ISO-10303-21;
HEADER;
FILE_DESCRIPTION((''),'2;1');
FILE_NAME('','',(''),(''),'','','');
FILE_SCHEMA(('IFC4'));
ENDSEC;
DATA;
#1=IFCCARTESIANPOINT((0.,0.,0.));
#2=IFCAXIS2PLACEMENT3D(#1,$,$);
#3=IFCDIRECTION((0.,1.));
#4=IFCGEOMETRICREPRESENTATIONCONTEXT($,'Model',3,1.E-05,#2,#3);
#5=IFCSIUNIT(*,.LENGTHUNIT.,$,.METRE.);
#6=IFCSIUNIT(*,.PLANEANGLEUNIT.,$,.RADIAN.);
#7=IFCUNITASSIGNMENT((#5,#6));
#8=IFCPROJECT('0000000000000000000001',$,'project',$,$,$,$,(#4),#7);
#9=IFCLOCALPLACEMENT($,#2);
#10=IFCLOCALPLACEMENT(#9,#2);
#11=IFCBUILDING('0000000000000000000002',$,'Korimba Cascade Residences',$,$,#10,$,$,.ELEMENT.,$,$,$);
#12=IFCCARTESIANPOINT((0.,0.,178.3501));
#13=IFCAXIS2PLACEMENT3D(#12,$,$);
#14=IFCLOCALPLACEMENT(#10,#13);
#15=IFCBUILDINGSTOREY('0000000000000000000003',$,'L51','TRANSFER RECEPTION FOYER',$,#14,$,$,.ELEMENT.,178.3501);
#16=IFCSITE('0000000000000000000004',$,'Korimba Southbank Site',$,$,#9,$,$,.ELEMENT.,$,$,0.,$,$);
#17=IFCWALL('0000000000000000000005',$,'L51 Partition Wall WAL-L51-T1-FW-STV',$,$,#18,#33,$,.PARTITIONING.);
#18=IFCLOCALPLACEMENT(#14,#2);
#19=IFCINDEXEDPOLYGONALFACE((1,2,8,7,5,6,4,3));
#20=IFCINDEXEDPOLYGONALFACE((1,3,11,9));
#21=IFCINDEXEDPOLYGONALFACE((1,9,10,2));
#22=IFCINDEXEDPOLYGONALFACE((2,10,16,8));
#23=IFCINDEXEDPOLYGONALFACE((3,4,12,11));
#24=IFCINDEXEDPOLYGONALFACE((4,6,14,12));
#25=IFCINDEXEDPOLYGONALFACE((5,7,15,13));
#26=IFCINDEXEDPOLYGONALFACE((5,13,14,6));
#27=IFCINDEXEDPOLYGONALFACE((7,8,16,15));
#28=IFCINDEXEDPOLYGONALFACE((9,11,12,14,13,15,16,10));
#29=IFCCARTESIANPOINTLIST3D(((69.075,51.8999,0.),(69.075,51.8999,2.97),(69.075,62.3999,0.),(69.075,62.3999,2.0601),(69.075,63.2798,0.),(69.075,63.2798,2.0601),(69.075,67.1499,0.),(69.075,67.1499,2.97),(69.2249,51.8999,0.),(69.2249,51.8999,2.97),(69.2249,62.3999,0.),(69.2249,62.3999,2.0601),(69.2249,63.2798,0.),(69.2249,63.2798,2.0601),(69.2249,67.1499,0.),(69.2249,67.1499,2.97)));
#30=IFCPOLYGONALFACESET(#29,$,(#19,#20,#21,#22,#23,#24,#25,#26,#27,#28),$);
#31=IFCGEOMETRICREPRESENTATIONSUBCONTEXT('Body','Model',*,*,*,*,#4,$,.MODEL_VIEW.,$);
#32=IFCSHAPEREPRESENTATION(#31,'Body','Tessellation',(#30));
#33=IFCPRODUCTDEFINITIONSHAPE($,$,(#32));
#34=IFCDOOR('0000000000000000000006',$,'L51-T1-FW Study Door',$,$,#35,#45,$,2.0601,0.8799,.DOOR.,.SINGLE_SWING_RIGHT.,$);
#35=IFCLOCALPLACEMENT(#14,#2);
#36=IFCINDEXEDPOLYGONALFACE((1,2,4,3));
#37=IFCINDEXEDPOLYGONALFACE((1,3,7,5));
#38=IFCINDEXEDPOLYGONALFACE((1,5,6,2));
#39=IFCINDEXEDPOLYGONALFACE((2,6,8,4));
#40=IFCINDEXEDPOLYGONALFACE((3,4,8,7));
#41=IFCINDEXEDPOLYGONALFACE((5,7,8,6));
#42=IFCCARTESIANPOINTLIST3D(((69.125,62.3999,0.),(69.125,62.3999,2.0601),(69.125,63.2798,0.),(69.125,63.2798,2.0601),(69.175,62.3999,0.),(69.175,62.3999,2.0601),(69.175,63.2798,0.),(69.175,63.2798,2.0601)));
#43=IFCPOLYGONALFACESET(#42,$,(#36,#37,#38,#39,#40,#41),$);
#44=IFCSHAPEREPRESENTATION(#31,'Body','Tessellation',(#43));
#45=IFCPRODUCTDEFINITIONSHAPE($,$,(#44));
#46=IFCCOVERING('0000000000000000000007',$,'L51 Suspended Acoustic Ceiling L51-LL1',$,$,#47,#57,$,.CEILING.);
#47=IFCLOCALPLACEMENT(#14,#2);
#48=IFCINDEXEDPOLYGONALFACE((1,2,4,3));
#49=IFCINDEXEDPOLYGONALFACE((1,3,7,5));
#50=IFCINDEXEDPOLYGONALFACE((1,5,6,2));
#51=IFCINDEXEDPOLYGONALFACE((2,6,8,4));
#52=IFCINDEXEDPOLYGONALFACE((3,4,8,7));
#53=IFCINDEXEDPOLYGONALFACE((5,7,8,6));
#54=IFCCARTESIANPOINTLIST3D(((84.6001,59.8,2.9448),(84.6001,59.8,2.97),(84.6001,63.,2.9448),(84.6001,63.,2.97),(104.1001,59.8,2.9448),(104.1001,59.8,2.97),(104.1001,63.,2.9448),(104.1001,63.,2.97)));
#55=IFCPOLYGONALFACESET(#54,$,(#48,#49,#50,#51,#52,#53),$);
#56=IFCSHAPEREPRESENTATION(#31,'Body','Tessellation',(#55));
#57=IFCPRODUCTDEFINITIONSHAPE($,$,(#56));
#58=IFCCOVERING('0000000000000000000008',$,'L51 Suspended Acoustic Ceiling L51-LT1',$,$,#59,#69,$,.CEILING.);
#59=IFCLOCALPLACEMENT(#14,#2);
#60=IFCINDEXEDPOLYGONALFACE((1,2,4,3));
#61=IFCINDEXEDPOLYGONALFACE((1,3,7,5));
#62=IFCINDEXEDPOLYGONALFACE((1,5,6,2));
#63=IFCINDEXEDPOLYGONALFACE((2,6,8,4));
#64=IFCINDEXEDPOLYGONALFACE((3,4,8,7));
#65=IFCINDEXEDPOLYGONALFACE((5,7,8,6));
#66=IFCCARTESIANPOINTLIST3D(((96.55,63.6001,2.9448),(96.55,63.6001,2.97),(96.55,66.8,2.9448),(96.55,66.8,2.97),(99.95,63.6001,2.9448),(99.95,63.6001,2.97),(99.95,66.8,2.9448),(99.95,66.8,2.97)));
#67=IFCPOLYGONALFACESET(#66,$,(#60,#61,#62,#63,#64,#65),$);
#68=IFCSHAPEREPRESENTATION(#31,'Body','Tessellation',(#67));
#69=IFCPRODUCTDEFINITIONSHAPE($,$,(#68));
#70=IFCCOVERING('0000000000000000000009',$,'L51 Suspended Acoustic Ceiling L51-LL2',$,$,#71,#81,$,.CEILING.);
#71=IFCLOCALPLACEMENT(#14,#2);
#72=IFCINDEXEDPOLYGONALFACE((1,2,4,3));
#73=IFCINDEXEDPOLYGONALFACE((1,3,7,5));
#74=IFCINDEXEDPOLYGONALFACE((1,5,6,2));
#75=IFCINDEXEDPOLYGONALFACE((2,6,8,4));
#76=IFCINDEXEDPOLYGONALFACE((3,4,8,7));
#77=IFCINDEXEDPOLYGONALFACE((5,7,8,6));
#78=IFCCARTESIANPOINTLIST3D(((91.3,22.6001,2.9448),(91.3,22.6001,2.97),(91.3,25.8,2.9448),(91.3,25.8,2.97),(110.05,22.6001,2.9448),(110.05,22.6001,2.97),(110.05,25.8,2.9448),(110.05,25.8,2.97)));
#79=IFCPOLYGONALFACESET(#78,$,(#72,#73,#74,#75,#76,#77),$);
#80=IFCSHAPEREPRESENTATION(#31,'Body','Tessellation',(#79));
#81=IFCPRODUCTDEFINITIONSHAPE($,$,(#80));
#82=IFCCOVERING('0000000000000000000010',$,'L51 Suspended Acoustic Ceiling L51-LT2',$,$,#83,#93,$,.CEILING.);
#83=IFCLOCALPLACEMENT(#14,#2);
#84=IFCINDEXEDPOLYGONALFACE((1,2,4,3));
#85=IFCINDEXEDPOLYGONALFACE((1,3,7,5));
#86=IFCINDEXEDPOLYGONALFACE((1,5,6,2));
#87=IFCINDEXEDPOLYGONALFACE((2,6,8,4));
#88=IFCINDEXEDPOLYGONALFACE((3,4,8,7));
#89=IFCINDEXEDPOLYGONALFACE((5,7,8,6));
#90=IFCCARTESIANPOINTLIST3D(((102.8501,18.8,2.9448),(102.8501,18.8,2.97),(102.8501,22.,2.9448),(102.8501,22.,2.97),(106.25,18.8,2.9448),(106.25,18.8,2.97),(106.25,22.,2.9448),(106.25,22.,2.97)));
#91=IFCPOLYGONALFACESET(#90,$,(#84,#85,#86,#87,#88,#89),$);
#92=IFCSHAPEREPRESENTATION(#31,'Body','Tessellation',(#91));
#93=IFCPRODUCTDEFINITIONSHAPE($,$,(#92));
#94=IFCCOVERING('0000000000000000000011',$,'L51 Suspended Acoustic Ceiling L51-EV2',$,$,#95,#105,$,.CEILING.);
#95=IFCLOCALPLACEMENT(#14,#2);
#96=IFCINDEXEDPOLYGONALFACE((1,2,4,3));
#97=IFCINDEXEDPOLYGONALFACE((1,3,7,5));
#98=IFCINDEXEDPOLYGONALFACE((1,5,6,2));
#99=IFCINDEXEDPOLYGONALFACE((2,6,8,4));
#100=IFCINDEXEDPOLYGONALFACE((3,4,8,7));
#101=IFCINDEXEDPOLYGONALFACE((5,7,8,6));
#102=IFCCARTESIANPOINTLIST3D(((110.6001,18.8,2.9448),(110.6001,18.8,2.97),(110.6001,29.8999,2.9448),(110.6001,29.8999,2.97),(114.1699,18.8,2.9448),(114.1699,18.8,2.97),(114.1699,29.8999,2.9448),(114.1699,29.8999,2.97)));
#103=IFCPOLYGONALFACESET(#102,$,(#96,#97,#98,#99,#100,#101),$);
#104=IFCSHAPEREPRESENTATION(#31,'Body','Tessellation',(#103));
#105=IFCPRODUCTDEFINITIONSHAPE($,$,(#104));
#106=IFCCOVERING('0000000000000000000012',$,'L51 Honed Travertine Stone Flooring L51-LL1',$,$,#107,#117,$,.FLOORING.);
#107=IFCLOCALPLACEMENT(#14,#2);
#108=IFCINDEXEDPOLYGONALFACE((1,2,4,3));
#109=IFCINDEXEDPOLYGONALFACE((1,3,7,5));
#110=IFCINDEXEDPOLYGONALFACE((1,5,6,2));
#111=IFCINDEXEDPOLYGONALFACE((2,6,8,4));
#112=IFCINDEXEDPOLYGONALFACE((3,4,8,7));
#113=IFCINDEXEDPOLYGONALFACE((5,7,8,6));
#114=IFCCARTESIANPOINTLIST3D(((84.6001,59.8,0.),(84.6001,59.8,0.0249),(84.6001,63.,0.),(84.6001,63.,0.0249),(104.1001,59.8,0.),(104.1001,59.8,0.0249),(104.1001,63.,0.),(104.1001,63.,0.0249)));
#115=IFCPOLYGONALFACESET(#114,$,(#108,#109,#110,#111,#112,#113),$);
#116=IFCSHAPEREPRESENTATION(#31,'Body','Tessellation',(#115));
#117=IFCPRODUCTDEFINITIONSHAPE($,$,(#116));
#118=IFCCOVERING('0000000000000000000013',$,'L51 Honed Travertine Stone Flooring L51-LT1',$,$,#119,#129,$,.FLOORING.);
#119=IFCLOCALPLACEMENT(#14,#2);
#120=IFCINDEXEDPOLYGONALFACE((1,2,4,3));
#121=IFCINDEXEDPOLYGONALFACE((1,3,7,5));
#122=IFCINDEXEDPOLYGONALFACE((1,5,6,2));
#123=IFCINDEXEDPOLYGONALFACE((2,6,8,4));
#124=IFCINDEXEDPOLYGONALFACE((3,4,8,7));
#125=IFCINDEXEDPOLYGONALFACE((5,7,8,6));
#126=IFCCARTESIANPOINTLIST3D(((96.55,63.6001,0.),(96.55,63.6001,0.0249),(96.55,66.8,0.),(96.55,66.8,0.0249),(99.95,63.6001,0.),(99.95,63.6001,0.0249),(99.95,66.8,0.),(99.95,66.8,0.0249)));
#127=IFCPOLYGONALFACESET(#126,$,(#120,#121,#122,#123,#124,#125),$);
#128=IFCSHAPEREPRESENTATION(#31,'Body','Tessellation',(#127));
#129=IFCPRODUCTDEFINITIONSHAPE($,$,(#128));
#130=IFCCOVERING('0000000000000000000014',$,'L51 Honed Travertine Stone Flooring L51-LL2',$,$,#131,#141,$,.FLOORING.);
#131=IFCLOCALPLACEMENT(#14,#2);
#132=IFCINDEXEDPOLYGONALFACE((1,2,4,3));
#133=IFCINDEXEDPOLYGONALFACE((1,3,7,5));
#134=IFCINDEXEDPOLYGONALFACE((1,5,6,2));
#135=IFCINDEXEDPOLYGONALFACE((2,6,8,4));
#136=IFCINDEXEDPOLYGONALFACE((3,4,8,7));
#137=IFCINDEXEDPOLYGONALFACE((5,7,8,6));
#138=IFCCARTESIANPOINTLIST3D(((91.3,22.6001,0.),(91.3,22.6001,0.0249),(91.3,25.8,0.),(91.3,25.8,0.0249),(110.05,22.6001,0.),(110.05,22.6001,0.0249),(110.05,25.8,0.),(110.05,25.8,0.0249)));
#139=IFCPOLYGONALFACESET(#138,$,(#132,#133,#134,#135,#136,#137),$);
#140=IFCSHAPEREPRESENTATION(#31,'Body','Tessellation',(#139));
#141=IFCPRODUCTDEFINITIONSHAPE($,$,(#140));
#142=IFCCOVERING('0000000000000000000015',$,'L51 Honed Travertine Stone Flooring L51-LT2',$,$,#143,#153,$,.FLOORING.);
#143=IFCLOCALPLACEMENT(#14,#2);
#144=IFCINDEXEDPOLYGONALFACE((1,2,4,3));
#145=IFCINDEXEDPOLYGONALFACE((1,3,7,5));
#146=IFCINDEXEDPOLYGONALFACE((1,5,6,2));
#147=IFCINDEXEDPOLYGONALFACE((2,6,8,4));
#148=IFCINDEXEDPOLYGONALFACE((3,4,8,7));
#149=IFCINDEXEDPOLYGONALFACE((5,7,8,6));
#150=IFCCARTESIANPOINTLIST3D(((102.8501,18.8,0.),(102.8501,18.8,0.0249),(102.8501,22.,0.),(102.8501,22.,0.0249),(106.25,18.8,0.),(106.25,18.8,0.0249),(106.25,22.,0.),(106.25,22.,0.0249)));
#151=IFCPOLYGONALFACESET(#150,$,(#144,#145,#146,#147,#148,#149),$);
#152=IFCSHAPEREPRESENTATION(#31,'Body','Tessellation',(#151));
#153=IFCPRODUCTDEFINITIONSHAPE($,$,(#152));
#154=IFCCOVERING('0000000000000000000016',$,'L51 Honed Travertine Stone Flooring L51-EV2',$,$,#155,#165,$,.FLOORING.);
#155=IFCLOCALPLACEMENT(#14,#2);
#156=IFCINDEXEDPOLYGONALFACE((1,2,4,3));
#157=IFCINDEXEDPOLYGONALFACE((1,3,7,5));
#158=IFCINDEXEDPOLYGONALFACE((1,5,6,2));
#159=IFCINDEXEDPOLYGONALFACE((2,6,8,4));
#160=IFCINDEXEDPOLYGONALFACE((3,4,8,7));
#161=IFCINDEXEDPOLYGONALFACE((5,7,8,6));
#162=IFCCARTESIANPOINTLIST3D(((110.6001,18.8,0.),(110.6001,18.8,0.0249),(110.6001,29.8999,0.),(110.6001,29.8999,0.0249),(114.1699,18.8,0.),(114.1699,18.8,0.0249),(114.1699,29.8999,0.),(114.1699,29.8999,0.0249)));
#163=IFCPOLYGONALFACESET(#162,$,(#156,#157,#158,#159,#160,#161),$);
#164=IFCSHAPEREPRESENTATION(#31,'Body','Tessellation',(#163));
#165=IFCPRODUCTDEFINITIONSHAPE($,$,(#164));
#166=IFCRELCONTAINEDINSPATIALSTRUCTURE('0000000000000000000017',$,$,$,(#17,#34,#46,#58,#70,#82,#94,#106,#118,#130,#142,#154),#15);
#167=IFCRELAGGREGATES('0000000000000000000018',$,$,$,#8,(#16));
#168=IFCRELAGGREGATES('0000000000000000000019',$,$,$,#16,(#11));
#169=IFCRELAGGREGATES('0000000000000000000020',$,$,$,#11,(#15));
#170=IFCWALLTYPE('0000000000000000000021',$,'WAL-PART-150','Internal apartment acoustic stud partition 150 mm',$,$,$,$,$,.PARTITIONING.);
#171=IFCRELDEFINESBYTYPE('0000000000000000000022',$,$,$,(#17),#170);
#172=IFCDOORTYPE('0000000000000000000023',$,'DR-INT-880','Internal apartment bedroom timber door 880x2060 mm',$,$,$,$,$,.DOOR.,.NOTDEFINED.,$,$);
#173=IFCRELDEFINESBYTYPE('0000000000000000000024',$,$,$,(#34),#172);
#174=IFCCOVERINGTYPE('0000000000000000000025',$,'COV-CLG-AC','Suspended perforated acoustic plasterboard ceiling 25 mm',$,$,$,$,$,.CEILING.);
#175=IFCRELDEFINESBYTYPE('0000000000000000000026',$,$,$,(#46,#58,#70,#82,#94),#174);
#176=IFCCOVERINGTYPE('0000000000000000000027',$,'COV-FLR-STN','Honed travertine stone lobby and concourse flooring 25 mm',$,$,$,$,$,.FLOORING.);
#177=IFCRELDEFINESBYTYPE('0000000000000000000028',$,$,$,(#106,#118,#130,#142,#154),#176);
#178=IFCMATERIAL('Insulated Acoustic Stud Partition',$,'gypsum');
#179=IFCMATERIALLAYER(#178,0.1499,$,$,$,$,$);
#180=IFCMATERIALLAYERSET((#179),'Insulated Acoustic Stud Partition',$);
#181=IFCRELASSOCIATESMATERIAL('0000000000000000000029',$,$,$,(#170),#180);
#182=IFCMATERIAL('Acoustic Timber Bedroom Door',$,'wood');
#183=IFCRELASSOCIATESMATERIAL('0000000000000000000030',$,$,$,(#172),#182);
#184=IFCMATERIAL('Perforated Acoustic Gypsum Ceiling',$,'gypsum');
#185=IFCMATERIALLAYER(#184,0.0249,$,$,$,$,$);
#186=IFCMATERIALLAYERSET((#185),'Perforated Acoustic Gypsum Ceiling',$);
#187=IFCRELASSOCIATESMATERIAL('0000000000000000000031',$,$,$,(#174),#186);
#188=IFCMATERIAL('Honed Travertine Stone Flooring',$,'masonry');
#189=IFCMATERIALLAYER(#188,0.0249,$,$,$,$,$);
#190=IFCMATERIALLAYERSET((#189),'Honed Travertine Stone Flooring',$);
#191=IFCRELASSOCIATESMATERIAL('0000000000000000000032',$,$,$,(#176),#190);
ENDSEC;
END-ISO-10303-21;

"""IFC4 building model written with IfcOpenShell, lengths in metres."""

from ifc_helpers import new_model, si_unit, direction, frame, frame_2d, origin, place, context, subcontext, project, spatial, polyline, rectangle, outline, extrude, material, layer, layer_set, type_object, element, fill, save


model = new_model("IFC4")

# Units and contexts
model_context = context("Model", 3, precision=1e-05, world=origin(), true_north=direction((0.0, 1.0)))
body_context = subcontext(model_context, "Body", "Model", "MODEL_VIEW")
ifc_project = project(units=[si_unit("LENGTHUNIT", "METRE"), si_unit("PLANEANGLEUNIT", "RADIAN")], contexts=[model_context])

# Site, building, storey
site_placement = place(None, origin())
site = spatial("IfcSite", under=ifc_project, at=site_placement, Name="Korimba Southbank Site", CompositionType="ELEMENT", RefElevation=0.0)
building_placement = place(site_placement, origin())
building = spatial("IfcBuilding", under=site, at=building_placement, Name="Korimba Cascade Residences", CompositionType="ELEMENT")
storey_placement = place(building_placement, frame((0.0, 0.0, 178.3501)))
storey = spatial("IfcBuildingStorey", under=building, at=storey_placement, Name="L51", Description="TRANSFER RECEPTION FOYER", CompositionType="ELEMENT", Elevation=178.3501)

# Wall, opening, door
ifc_material_1 = material(Name="Insulated Acoustic Stud Partition", Category="gypsum")
ifc_layer_1 = layer(ifc_material_1, 0.1499)
ifc_layer_set_1 = layer_set([ifc_layer_1], Name="Insulated Acoustic Stud Partition")
wall_type_1 = type_object("IfcWallType", Name="WAL-PART-150", Description="Internal apartment acoustic stud partition 150 mm", PredefinedType="PARTITIONING", material=ifc_layer_set_1)
wall_1_placement = place(storey_placement, frame((69.1499, 51.8999, 0.0), z_axis=(0.0, 0.0, 1.0), x_axis=(0.0, 1.0, 0.0)))
wall_1 = element("IfcWall", 1, at=wall_1_placement, inside=storey, type_object=wall_type_1, Name="L51 Partition Wall WAL-L51-T1-FW-STV", PredefinedType="PARTITIONING", context=body_context, shape_type="SweptSolid", body=[
    extrude(rectangle(XDim=15.25, YDim=0.1499, at=frame_2d((7.625, 0.0))), origin(), (0.0, 0.0, 1.0), 2.97),
])
opening_1_placement = place(wall_1_placement, frame((10.5, 0.0, 0.0)))
opening_1 = element("IfcOpeningElement", 2, at=opening_1_placement, cuts=wall_1, PredefinedType="OPENING", context=body_context, shape_type="SweptSolid", body=[
    extrude(rectangle(XDim=0.8799, YDim=2.0601, at=frame_2d((0.4399, 1.03))), frame((0.0, 0.085, 0.0), z_axis=(0.0, -1.0, 0.0), x_axis=(1.0, 0.0, 0.0)), (0.0, 0.0, 1.0), 0.1699),
])
ifc_material_2 = material(Name="Acoustic Timber Bedroom Door", Category="wood")
door_type = type_object("IfcDoorType", Name="DR-INT-880", Description="Internal apartment bedroom timber door 880x2060 mm", OperationType="NOTDEFINED", PredefinedType="DOOR", material=ifc_material_2)
door_placement = place(opening_1_placement, origin())
door = element("IfcDoor", 3, at=door_placement, inside=storey, type_object=door_type, Name="L51-T1-FW Study Door", OperationType="SINGLE_SWING_RIGHT", OverallHeight=2.0601, OverallWidth=0.8799, PredefinedType="DOOR", context=body_context, shape_type="SweptSolid", body=[
    extrude(rectangle(XDim=0.8799, YDim=2.0601, at=frame_2d((0.4399, 1.03))), frame((0.0, 0.0249, 0.0), z_axis=(0.0, -1.0, 0.0), x_axis=(1.0, 0.0, 0.0)), (0.0, 0.0, 1.0), 0.05),
])
fill(opening_1, door)

# Coverings
ifc_material_3 = material(Name="Perforated Acoustic Gypsum Ceiling", Category="gypsum")
ifc_layer_2 = layer(ifc_material_3, 0.0249)
ifc_layer_set_2 = layer_set([ifc_layer_2], Name="Perforated Acoustic Gypsum Ceiling")
covering_type_1 = type_object("IfcCoveringType", Name="COV-CLG-AC", Description="Suspended perforated acoustic plasterboard ceiling 25 mm", PredefinedType="CEILING", material=ifc_layer_set_2)
covering_1_placement = place(storey_placement, frame((0.0, 0.0, 2.9448)))
element("IfcCovering", 4, at=covering_1_placement, inside=storey, type_object=covering_type_1, Name="L51 Suspended Acoustic Ceiling L51-LL1", PredefinedType="CEILING", context=body_context, shape_type="SweptSolid", body=[
    extrude(outline(polyline([(84.6001, 59.8), (104.1001, 59.8), (104.1001, 63.0), (84.6001, 63.0), (84.6001, 59.8)])), origin(), (0.0, 0.0, 1.0), 0.0251),
])
covering_2_placement = place(storey_placement, frame((0.0, 0.0, 2.9448)))
element("IfcCovering", 5, at=covering_2_placement, inside=storey, type_object=covering_type_1, Name="L51 Suspended Acoustic Ceiling L51-LT1", PredefinedType="CEILING", context=body_context, shape_type="SweptSolid", body=[
    extrude(outline(polyline([(96.55, 63.6001), (99.95, 63.6001), (99.95, 66.8), (96.55, 66.8), (96.55, 63.6001)])), origin(), (0.0, 0.0, 1.0), 0.0251),
])
covering_3_placement = place(storey_placement, frame((0.0, 0.0, 2.9448)))
element("IfcCovering", 6, at=covering_3_placement, inside=storey, type_object=covering_type_1, Name="L51 Suspended Acoustic Ceiling L51-LL2", PredefinedType="CEILING", context=body_context, shape_type="SweptSolid", body=[
    extrude(outline(polyline([(91.3, 22.6001), (110.05, 22.6001), (110.05, 25.8), (91.3, 25.8), (91.3, 22.6001)])), origin(), (0.0, 0.0, 1.0), 0.0251),
])
covering_4_placement = place(storey_placement, frame((0.0, 0.0, 2.9448)))
element("IfcCovering", 7, at=covering_4_placement, inside=storey, type_object=covering_type_1, Name="L51 Suspended Acoustic Ceiling L51-LT2", PredefinedType="CEILING", context=body_context, shape_type="SweptSolid", body=[
    extrude(outline(polyline([(102.8501, 18.8), (106.25, 18.8), (106.25, 22.0), (102.8501, 22.0), (102.8501, 18.8)])), origin(), (0.0, 0.0, 1.0), 0.0251),
])
covering_5_placement = place(storey_placement, frame((0.0, 0.0, 2.9448)))
element("IfcCovering", 8, at=covering_5_placement, inside=storey, type_object=covering_type_1, Name="L51 Suspended Acoustic Ceiling L51-EV2", PredefinedType="CEILING", context=body_context, shape_type="SweptSolid", body=[
    extrude(outline(polyline([(110.6001, 18.8), (114.1699, 18.8), (114.1699, 29.8999), (110.6001, 29.8999), (110.6001, 18.8)])), origin(), (0.0, 0.0, 1.0), 0.0251),
])
ifc_material_4 = material(Name="Honed Travertine Stone Flooring", Category="masonry")
ifc_layer_3 = layer(ifc_material_4, 0.0249)
ifc_layer_set_3 = layer_set([ifc_layer_3], Name="Honed Travertine Stone Flooring")
covering_type_2 = type_object("IfcCoveringType", Name="COV-FLR-STN", Description="Honed travertine stone lobby and concourse flooring 25 mm", PredefinedType="FLOORING", material=ifc_layer_set_3)
covering_6_placement = place(storey_placement, origin())
element("IfcCovering", 9, at=covering_6_placement, inside=storey, type_object=covering_type_2, Name="L51 Honed Travertine Stone Flooring L51-LL1", PredefinedType="FLOORING", context=body_context, shape_type="SweptSolid", body=[
    extrude(outline(polyline([(84.6001, 59.8), (104.1001, 59.8), (104.1001, 63.0), (84.6001, 63.0), (84.6001, 59.8)])), origin(), (0.0, 0.0, 1.0), 0.0249),
])
covering_7_placement = place(storey_placement, origin())
element("IfcCovering", 10, at=covering_7_placement, inside=storey, type_object=covering_type_2, Name="L51 Honed Travertine Stone Flooring L51-LT1", PredefinedType="FLOORING", context=body_context, shape_type="SweptSolid", body=[
    extrude(outline(polyline([(96.55, 63.6001), (99.95, 63.6001), (99.95, 66.8), (96.55, 66.8), (96.55, 63.6001)])), origin(), (0.0, 0.0, 1.0), 0.0249),
])
covering_8_placement = place(storey_placement, origin())
element("IfcCovering", 11, at=covering_8_placement, inside=storey, type_object=covering_type_2, Name="L51 Honed Travertine Stone Flooring L51-LL2", PredefinedType="FLOORING", context=body_context, shape_type="SweptSolid", body=[
    extrude(outline(polyline([(91.3, 22.6001), (110.05, 22.6001), (110.05, 25.8), (91.3, 25.8), (91.3, 22.6001)])), origin(), (0.0, 0.0, 1.0), 0.0249),
])
covering_9_placement = place(storey_placement, origin())
element("IfcCovering", 12, at=covering_9_placement, inside=storey, type_object=covering_type_2, Name="L51 Honed Travertine Stone Flooring L51-LT2", PredefinedType="FLOORING", context=body_context, shape_type="SweptSolid", body=[
    extrude(outline(polyline([(102.8501, 18.8), (106.25, 18.8), (106.25, 22.0), (102.8501, 22.0), (102.8501, 18.8)])), origin(), (0.0, 0.0, 1.0), 0.0249),
])
covering_10_placement = place(storey_placement, origin())
element("IfcCovering", 13, at=covering_10_placement, inside=storey, type_object=covering_type_2, Name="L51 Honed Travertine Stone Flooring L51-EV2", PredefinedType="FLOORING", context=body_context, shape_type="SweptSolid", body=[
    extrude(outline(polyline([(110.6001, 18.8), (114.1699, 18.8), (114.1699, 29.8999), (110.6001, 29.8999), (110.6001, 18.8)])), origin(), (0.0, 0.0, 1.0), 0.0249),
])

save(model, "model.ifc")
